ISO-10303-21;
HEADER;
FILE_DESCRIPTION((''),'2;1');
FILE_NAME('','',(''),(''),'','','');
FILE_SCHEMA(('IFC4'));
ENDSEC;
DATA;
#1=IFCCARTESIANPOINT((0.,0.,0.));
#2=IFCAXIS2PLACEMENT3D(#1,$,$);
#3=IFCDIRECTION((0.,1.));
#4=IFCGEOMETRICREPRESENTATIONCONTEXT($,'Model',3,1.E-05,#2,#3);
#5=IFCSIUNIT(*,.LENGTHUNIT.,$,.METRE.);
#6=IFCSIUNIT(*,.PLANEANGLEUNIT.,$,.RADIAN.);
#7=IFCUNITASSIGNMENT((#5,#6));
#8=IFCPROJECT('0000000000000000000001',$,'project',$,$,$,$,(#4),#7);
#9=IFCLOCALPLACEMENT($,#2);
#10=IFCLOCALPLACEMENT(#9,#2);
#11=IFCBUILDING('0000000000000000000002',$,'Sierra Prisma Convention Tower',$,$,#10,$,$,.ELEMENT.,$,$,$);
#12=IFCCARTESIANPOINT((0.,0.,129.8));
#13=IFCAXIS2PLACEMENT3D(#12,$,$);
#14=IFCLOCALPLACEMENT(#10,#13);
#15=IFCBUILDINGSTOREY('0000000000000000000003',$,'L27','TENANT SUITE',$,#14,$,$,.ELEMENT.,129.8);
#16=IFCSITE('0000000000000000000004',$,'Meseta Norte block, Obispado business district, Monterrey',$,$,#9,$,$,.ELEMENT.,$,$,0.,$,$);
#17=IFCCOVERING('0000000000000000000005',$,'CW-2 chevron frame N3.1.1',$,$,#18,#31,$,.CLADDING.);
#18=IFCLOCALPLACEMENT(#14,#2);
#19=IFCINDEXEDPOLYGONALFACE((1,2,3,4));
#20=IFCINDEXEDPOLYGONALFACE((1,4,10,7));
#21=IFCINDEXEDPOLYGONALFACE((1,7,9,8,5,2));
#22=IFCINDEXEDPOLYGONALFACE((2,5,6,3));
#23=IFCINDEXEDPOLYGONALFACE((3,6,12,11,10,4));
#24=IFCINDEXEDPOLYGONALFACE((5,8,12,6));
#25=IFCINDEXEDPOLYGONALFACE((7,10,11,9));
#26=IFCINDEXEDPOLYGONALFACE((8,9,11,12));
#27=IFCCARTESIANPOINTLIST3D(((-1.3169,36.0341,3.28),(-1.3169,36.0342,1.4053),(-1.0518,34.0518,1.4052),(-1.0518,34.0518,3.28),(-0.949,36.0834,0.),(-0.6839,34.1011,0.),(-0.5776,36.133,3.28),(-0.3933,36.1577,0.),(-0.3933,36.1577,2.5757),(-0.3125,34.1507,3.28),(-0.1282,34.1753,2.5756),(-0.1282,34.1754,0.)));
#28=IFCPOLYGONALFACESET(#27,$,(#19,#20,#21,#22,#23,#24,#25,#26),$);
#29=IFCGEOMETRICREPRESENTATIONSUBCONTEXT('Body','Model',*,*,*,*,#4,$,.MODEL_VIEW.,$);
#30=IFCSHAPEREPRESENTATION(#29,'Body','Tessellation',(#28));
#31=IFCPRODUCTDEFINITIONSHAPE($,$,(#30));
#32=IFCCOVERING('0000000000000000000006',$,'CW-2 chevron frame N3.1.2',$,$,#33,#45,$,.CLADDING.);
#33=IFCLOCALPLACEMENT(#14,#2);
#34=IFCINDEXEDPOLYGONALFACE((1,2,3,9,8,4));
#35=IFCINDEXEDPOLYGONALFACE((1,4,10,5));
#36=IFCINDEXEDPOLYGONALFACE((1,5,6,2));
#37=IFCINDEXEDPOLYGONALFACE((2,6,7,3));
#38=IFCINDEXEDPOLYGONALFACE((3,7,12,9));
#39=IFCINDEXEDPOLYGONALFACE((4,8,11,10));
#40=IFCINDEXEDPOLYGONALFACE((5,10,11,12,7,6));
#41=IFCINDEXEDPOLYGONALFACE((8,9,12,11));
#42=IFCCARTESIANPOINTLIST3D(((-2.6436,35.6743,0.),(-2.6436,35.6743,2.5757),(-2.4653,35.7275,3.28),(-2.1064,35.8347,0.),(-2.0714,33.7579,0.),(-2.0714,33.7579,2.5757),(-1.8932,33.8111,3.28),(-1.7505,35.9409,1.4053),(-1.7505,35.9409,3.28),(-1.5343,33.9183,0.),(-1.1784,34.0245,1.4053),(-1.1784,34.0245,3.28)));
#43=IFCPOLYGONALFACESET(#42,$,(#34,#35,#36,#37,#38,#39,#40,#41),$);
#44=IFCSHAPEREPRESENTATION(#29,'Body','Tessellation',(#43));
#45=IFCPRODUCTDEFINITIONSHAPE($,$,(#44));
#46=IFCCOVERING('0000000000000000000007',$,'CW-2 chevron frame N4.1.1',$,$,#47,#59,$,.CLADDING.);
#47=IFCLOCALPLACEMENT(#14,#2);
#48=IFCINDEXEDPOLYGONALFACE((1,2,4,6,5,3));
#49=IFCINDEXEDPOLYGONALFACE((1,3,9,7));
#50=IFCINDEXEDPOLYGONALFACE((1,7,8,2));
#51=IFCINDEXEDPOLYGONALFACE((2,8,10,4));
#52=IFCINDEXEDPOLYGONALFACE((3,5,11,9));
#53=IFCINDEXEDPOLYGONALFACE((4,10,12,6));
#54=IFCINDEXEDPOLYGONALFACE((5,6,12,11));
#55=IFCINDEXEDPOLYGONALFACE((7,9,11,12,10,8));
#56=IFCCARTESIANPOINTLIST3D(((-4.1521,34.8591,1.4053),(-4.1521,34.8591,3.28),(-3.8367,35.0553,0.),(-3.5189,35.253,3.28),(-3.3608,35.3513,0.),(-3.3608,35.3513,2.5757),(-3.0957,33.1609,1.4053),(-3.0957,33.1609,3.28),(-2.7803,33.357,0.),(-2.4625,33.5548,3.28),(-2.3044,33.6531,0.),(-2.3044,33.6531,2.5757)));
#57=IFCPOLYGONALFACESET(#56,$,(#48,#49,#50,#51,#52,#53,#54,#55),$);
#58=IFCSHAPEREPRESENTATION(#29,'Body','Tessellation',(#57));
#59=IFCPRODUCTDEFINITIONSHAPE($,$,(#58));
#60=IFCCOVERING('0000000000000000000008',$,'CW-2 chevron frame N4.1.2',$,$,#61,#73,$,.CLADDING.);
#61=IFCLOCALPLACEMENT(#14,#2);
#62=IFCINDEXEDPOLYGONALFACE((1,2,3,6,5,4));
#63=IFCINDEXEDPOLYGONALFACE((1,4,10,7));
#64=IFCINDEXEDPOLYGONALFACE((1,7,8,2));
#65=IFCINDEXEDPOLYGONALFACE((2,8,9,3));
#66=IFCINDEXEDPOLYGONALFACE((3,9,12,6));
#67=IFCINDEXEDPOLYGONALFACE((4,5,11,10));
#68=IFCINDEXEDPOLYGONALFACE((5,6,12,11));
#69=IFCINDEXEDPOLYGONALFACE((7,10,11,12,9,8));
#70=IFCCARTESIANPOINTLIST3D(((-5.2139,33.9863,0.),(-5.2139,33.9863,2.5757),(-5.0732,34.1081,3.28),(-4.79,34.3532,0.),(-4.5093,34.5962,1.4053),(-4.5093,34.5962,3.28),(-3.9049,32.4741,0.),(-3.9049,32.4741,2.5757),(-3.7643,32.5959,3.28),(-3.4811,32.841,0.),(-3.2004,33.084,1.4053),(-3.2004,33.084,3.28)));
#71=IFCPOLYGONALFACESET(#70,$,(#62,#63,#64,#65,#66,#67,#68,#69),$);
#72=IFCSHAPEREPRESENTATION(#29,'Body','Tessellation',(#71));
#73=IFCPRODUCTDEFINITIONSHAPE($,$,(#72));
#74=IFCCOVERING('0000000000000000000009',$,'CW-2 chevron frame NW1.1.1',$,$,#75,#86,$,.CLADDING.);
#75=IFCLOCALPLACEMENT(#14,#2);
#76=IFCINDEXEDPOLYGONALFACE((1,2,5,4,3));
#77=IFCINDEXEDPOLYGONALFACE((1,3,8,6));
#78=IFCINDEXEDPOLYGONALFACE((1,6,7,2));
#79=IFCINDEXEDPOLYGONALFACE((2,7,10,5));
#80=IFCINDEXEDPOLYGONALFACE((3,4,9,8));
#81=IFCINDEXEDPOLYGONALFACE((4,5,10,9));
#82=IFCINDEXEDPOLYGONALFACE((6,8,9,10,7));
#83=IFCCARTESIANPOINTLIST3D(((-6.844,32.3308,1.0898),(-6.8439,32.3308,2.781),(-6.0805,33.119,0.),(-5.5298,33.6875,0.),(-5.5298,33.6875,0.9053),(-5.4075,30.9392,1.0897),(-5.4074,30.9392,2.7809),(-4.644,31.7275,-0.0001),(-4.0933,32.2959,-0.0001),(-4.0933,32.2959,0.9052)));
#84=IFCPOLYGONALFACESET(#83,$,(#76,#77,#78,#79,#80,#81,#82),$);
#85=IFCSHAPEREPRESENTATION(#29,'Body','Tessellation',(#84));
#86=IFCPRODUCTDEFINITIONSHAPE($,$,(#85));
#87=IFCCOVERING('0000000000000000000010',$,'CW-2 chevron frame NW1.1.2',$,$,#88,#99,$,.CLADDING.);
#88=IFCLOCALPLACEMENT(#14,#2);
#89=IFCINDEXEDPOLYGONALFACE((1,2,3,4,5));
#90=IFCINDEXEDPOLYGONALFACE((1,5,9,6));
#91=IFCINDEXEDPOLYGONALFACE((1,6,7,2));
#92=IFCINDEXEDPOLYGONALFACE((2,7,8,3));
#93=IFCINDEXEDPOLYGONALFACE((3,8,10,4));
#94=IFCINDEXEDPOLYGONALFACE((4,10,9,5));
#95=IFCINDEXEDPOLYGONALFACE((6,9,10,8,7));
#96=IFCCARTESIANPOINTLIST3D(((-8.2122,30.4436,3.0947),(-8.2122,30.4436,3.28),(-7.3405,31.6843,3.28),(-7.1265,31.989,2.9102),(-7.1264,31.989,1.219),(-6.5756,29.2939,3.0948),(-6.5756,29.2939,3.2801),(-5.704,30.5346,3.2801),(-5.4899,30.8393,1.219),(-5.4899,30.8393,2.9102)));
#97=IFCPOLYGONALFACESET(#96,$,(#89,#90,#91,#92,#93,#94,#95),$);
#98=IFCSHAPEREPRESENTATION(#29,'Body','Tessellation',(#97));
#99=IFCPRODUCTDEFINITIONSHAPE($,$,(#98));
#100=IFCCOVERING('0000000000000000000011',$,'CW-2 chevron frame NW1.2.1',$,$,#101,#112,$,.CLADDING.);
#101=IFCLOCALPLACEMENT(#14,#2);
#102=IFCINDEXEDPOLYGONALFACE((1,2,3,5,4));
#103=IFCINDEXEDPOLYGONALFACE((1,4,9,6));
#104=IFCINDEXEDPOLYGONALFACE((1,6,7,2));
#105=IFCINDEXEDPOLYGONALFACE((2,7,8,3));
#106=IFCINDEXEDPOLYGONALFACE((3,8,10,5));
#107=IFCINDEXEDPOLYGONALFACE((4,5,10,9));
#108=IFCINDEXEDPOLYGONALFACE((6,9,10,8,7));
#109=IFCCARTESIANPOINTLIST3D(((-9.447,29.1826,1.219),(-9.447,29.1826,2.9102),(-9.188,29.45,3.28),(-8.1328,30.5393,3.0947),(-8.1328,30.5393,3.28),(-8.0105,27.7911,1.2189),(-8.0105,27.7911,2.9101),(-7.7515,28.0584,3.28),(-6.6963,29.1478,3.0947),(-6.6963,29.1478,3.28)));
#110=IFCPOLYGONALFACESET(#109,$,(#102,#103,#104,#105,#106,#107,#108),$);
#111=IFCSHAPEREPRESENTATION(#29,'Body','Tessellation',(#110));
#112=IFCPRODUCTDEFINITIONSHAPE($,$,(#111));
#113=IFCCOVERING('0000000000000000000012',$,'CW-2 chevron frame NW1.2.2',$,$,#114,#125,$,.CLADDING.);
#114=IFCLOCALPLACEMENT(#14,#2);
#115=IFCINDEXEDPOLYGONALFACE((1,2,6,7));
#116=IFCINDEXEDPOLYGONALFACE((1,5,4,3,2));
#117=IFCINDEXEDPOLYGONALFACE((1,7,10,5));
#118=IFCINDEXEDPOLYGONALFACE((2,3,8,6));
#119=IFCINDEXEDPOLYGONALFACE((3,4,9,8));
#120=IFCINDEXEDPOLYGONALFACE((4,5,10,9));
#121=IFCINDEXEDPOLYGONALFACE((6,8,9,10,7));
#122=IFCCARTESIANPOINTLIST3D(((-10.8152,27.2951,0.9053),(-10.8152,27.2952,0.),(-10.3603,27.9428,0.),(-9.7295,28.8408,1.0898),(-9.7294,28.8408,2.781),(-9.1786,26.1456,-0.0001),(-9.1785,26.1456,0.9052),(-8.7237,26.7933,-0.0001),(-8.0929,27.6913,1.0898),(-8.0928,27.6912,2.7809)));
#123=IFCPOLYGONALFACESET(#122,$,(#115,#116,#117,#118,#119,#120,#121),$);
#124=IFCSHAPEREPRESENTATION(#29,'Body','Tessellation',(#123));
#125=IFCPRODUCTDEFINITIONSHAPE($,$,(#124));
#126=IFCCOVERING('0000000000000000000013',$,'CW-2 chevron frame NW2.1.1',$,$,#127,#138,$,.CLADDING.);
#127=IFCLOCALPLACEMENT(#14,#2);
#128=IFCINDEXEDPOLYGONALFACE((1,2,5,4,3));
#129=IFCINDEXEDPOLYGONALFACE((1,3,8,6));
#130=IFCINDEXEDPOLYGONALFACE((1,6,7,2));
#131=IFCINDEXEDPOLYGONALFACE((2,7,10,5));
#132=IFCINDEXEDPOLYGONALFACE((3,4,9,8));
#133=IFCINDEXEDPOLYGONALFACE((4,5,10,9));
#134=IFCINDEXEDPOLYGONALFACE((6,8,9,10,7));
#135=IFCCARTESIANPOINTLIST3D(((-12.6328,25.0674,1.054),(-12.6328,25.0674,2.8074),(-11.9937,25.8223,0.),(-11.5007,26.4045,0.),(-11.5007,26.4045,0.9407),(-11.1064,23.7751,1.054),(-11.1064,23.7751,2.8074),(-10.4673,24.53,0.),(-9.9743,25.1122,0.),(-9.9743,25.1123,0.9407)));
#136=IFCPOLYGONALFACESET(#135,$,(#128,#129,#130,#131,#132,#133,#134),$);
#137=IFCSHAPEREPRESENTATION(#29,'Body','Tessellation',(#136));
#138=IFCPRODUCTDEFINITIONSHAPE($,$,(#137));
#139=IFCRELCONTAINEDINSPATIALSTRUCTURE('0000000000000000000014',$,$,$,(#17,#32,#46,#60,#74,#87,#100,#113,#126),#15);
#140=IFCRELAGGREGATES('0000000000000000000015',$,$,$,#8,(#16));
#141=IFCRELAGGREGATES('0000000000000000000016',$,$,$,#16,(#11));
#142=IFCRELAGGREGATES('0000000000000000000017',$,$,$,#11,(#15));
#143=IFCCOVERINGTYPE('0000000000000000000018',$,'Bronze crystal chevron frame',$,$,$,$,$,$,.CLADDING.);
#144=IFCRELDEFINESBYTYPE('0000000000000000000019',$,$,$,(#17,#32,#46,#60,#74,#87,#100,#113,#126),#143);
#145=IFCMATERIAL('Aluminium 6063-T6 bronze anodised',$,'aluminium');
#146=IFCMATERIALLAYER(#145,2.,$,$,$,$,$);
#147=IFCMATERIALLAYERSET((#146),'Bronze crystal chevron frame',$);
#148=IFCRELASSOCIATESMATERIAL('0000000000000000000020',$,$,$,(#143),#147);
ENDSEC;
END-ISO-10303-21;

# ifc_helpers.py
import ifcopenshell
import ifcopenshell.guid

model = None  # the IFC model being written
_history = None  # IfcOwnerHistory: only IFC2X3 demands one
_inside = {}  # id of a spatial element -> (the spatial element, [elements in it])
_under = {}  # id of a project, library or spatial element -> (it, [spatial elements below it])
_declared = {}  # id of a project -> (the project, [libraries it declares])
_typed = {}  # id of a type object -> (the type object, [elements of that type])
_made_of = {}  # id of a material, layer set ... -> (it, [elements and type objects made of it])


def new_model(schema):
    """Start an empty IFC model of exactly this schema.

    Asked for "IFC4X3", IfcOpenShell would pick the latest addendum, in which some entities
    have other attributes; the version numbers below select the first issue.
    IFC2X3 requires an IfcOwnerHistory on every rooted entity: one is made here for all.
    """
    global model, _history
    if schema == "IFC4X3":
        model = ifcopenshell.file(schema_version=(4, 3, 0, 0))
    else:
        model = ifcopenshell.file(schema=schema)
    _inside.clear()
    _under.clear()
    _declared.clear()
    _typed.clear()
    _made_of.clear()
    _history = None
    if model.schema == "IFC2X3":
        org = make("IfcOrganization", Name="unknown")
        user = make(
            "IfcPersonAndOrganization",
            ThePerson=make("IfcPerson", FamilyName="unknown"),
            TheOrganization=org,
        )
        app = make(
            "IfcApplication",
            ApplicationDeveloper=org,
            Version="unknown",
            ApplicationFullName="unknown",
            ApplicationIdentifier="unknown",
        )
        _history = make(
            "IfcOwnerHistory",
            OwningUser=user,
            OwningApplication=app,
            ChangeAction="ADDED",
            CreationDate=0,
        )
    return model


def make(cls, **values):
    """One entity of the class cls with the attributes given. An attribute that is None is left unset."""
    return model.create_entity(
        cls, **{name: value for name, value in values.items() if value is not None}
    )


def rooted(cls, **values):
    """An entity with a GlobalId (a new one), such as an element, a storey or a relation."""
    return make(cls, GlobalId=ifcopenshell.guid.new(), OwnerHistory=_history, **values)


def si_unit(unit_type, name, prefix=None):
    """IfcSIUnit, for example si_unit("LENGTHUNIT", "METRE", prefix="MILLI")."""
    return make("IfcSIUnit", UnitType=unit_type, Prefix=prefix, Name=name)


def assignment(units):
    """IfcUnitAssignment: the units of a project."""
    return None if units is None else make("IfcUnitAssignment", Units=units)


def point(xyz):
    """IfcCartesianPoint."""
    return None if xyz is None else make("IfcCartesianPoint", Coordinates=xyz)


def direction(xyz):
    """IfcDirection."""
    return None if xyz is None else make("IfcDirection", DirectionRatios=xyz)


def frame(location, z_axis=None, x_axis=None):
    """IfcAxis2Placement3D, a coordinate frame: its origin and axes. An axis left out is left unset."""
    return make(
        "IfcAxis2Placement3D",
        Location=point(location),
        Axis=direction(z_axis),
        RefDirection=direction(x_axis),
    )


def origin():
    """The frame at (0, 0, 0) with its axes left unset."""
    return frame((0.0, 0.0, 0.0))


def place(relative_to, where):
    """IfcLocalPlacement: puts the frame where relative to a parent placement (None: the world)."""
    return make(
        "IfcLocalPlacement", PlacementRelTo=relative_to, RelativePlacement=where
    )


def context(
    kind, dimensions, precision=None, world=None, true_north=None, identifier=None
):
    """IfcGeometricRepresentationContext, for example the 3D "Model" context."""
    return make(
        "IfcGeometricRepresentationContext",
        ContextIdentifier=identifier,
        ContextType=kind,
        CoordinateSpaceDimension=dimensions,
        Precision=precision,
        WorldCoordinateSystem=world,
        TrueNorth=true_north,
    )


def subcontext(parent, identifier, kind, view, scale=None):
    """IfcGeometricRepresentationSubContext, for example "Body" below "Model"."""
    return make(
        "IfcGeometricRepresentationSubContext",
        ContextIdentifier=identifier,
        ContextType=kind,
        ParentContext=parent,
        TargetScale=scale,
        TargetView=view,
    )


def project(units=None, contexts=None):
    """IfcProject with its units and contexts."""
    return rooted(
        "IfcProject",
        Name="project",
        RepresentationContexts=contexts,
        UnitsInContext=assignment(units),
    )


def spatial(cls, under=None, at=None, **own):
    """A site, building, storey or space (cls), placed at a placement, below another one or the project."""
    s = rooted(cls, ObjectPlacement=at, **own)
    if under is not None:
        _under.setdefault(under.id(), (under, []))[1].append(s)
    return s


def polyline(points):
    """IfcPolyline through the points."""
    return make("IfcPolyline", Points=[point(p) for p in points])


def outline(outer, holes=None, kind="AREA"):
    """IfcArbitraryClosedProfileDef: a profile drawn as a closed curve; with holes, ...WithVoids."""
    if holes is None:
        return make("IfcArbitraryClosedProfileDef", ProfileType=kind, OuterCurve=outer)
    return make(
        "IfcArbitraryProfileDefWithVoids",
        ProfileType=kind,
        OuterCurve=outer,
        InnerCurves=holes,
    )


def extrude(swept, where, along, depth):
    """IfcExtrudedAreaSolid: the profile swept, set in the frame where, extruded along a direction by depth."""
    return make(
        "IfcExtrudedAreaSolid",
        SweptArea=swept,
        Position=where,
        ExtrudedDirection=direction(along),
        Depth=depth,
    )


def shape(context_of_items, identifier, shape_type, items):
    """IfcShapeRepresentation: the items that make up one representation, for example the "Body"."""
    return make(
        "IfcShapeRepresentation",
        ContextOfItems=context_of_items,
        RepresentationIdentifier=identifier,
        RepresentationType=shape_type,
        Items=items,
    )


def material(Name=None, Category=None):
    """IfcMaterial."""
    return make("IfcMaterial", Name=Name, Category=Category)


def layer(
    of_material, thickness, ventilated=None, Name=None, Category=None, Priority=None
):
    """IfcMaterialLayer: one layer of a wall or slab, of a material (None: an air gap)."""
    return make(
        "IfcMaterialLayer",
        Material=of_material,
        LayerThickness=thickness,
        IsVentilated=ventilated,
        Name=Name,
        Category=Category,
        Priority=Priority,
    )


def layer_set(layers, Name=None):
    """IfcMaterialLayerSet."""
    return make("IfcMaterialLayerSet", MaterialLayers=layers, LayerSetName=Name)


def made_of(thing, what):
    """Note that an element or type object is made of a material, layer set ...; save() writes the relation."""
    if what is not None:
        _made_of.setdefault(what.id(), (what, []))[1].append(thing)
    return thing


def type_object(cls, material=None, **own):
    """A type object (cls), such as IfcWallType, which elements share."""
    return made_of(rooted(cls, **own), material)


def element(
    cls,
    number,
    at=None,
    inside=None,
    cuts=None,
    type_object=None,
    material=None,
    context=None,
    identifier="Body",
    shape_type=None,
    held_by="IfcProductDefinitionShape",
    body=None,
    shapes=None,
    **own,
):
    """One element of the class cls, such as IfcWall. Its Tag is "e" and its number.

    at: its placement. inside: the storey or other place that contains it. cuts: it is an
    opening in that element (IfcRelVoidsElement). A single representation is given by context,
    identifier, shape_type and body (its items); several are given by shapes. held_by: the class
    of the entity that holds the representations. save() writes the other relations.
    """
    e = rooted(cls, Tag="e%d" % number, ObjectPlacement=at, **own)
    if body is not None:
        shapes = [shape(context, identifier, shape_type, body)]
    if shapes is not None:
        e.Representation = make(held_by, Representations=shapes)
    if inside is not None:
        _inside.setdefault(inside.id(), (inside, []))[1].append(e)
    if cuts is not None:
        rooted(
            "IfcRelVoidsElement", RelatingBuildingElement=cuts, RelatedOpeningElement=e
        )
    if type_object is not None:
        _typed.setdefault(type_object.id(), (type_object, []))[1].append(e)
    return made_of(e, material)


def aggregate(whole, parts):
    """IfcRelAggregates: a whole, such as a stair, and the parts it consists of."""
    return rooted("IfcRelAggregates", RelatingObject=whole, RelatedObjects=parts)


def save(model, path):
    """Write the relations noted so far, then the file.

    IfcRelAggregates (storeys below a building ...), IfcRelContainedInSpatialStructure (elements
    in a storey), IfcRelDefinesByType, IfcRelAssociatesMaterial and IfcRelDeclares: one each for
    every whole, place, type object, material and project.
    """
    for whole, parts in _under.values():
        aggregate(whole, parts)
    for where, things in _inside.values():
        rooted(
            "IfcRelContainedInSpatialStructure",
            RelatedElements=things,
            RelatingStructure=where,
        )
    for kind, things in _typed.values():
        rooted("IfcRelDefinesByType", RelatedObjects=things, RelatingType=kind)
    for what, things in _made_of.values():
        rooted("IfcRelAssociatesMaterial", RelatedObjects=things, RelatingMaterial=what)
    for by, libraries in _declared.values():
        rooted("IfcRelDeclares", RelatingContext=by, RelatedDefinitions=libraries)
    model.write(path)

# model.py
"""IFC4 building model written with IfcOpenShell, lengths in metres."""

from ifc_helpers import new_model, si_unit, direction, frame, origin, place, context, subcontext, project, spatial, polyline, outline, extrude, material, layer, layer_set, type_object, element, save


model = new_model("IFC4")

# Units and contexts
model_context = context("Model", 3, precision=1e-05, world=origin(), true_north=direction((0.0, 1.0)))
body_context = subcontext(model_context, "Body", "Model", "MODEL_VIEW")
ifc_project = project(units=[si_unit("LENGTHUNIT", "METRE"), si_unit("PLANEANGLEUNIT", "RADIAN")], contexts=[model_context])

# Site, building, storey
site_placement = place(None, origin())
site = spatial("IfcSite", under=ifc_project, at=site_placement, Name="Meseta Norte block, Obispado business district, Monterrey", CompositionType="ELEMENT", RefElevation=0.0)
building_placement = place(site_placement, origin())
building = spatial("IfcBuilding", under=site, at=building_placement, Name="Sierra Prisma Convention Tower", CompositionType="ELEMENT")
storey_placement = place(building_placement, frame((0.0, 0.0, 129.8)))
storey = spatial("IfcBuildingStorey", under=building, at=storey_placement, Name="L27", Description="TENANT SUITE", CompositionType="ELEMENT", Elevation=129.8)

# Coverings
ifc_material_1 = material(Name="Aluminium 6063-T6 bronze anodised", Category="aluminium")
ifc_layer_1 = layer(ifc_material_1, 2.0)
ifc_layer_set_1 = layer_set([ifc_layer_1], Name="Bronze crystal chevron frame")
covering_type = type_object("IfcCoveringType", Name="Bronze crystal chevron frame", PredefinedType="CLADDING", material=ifc_layer_set_1)
covering_1_placement = place(storey_placement, frame((-0.3933, 36.1577, 0.0), z_axis=(-0.132549, 0.991176, 0.000018), x_axis=(-0.991176, -0.132549, 0.0)))
element("IfcCovering", 1, at=covering_1_placement, inside=storey, type_object=covering_type, Name="CW-2 chevron frame N3.1.1", PredefinedType="CLADDING", context=body_context, shape_type="SweptSolid", body=[
    extrude(outline(polyline([(0.0, 0.0), (0.5606, 0.0), (0.9318, 1.4053), (0.9318, 3.28), (0.186, 3.28), (0.0, 2.5757), (0.0, 0.0)])), origin(), (0.0, 0.0, -1.0), 2.0),
])
covering_2_placement = place(storey_placement, frame((-1.7505, 35.9409, 3.28), z_axis=(-0.286062, 0.958211, 0.000007), x_axis=(-0.000002, 0.000007, -1.0)))
element("IfcCovering", 2, at=covering_2_placement, inside=storey, type_object=covering_type, Name="CW-2 chevron frame N3.1.2", PredefinedType="CLADDING", context=body_context, shape_type="SweptSolid", body=[
    extrude(outline(polyline([(0.0, 0.0), (1.8748, 0.0), (3.28, 0.3715), (3.28, 0.932), (0.7043, 0.932), (0.0, 0.746), (0.0, 0.0)])), origin(), (0.0, 0.0, -1.0), 2.0),
])
covering_3_placement = place(storey_placement, frame((-3.3608, 35.3513, 0.0), z_axis=(-0.528202, 0.849119, -0.000004), x_axis=(-0.849119, -0.528202, 0.0)))
element("IfcCovering", 3, at=covering_3_placement, inside=storey, type_object=covering_type, Name="CW-2 chevron frame N4.1.1", PredefinedType="CLADDING", context=body_context, shape_type="SweptSolid", body=[
    extrude(outline(polyline([(0.0, 0.0), (0.5605, 0.0), (0.9318, 1.4053), (0.9318, 3.28), (0.1861, 3.28), (0.0, 2.5757), (0.0, 0.0)])), origin(), (0.0, 0.0, -1.0), 2.0),
])
covering_4_placement = place(storey_placement, frame((-4.5093, 34.5962, 3.28), z_axis=(-0.654458, 0.756099, -0.000001), x_axis=(0.000001, -0.000001, -1.0)))
element("IfcCovering", 4, at=covering_4_placement, inside=storey, type_object=covering_type, Name="CW-2 chevron frame N4.1.2", PredefinedType="CLADDING", context=body_context, shape_type="SweptSolid", body=[
    extrude(outline(polyline([(0.0, 0.0), (1.8748, 0.0), (3.28, 0.3713), (3.28, 0.9319), (0.7043, 0.9319), (0.0, 0.7458), (0.0, 0.0)])), origin(), (0.0, 0.0, -1.0), 2.0),
])
covering_5_placement = place(storey_placement, frame((-5.5298, 33.6875, 0.0), z_axis=(-0.718242, 0.695794, 0.000051), x_axis=(-0.695794, -0.718242, 0.0)))
element("IfcCovering", 5, at=covering_5_placement, inside=storey, type_object=covering_type, Name="CW-2 chevron frame NW1.1.1", PredefinedType="CLADDING", context=body_context, shape_type="SweptSolid", body=[
    extrude(outline(polyline([(0.0, 0.0), (0.7914, 0.0), (1.8888, 1.0898), (1.8888, 2.781), (0.0, 0.9053), (0.0, 0.0)])), origin(), (0.0, 0.0, -1.0), 2.0),
])
covering_6_placement = place(storey_placement, frame((-7.1265, 31.989, 2.9102), z_axis=(-0.818262, 0.574846, -0.000023), x_axis=(0.000018, -0.000013, -1.0)))
element("IfcCovering", 6, at=covering_6_placement, inside=storey, type_object=covering_type, Name="CW-2 chevron frame NW1.1.2", PredefinedType="CLADDING", context=body_context, shape_type="SweptSolid", body=[
    extrude(outline(polyline([(0.0, 0.0), (1.6912, 0.0), (-0.1846, 1.8887), (-0.3699, 1.8887), (-0.3699, 0.3724), (0.0, 0.0)])), origin(), (0.0, 0.0, -1.0), 2.0),
])
covering_7_placement = place(storey_placement, frame((-8.1328, 30.5393, 3.28), z_axis=(-0.718266, 0.695769, 0.000023), x_axis=(-0.000017, 0.000016, -1.0)))
element("IfcCovering", 7, at=covering_7_placement, inside=storey, type_object=covering_type, Name="CW-2 chevron frame NW1.2.1", PredefinedType="CLADDING", context=body_context, shape_type="SweptSolid", body=[
    extrude(outline(polyline([(0.0, 0.0), (0.1853, 0.0), (2.061, 1.8888), (0.3699, 1.8888), (0.0, 1.5166), (0.0, 0.0)])), origin(), (0.0, 0.0, -1.0), 2.0),
])
covering_8_placement = place(storey_placement, frame((-10.8152, 27.2952, 0.0), z_axis=(-0.818313, 0.574773, 0.000033), x_axis=(0.000027, -0.000019, 1.0)))
element("IfcCovering", 8, at=covering_8_placement, inside=storey, type_object=covering_type, Name="CW-2 chevron frame NW1.2.2", PredefinedType="CLADDING", context=body_context, shape_type="SweptSolid", body=[
    extrude(outline(polyline([(0.0, 0.0), (0.9053, 0.0), (2.781, 1.8889), (1.0898, 1.8889), (0.0, 0.7915), (0.0, 0.0)])), origin(), (0.0, 0.0, -1.0), 2.0),
])
covering_9_placement = place(storey_placement, frame((-11.5007, 26.4045, 0.0), z_axis=(-0.763212, 0.646149, -0.000013), x_axis=(-0.646149, -0.763212, 0.0)))
element("IfcCovering", 9, at=covering_9_placement, inside=storey, type_object=covering_type, Name="CW-2 chevron frame NW2.1.1", PredefinedType="CLADDING", context=body_context, shape_type="SweptSolid", body=[
    extrude(outline(polyline([(0.0, 0.0), (0.7629, 0.0), (1.752, 1.054), (1.752, 2.8074), (0.0, 0.9407), (0.0, 0.0)])), origin(), (0.0, 0.0, -1.0), 2.0),
])

save(model, "model.ifc")
